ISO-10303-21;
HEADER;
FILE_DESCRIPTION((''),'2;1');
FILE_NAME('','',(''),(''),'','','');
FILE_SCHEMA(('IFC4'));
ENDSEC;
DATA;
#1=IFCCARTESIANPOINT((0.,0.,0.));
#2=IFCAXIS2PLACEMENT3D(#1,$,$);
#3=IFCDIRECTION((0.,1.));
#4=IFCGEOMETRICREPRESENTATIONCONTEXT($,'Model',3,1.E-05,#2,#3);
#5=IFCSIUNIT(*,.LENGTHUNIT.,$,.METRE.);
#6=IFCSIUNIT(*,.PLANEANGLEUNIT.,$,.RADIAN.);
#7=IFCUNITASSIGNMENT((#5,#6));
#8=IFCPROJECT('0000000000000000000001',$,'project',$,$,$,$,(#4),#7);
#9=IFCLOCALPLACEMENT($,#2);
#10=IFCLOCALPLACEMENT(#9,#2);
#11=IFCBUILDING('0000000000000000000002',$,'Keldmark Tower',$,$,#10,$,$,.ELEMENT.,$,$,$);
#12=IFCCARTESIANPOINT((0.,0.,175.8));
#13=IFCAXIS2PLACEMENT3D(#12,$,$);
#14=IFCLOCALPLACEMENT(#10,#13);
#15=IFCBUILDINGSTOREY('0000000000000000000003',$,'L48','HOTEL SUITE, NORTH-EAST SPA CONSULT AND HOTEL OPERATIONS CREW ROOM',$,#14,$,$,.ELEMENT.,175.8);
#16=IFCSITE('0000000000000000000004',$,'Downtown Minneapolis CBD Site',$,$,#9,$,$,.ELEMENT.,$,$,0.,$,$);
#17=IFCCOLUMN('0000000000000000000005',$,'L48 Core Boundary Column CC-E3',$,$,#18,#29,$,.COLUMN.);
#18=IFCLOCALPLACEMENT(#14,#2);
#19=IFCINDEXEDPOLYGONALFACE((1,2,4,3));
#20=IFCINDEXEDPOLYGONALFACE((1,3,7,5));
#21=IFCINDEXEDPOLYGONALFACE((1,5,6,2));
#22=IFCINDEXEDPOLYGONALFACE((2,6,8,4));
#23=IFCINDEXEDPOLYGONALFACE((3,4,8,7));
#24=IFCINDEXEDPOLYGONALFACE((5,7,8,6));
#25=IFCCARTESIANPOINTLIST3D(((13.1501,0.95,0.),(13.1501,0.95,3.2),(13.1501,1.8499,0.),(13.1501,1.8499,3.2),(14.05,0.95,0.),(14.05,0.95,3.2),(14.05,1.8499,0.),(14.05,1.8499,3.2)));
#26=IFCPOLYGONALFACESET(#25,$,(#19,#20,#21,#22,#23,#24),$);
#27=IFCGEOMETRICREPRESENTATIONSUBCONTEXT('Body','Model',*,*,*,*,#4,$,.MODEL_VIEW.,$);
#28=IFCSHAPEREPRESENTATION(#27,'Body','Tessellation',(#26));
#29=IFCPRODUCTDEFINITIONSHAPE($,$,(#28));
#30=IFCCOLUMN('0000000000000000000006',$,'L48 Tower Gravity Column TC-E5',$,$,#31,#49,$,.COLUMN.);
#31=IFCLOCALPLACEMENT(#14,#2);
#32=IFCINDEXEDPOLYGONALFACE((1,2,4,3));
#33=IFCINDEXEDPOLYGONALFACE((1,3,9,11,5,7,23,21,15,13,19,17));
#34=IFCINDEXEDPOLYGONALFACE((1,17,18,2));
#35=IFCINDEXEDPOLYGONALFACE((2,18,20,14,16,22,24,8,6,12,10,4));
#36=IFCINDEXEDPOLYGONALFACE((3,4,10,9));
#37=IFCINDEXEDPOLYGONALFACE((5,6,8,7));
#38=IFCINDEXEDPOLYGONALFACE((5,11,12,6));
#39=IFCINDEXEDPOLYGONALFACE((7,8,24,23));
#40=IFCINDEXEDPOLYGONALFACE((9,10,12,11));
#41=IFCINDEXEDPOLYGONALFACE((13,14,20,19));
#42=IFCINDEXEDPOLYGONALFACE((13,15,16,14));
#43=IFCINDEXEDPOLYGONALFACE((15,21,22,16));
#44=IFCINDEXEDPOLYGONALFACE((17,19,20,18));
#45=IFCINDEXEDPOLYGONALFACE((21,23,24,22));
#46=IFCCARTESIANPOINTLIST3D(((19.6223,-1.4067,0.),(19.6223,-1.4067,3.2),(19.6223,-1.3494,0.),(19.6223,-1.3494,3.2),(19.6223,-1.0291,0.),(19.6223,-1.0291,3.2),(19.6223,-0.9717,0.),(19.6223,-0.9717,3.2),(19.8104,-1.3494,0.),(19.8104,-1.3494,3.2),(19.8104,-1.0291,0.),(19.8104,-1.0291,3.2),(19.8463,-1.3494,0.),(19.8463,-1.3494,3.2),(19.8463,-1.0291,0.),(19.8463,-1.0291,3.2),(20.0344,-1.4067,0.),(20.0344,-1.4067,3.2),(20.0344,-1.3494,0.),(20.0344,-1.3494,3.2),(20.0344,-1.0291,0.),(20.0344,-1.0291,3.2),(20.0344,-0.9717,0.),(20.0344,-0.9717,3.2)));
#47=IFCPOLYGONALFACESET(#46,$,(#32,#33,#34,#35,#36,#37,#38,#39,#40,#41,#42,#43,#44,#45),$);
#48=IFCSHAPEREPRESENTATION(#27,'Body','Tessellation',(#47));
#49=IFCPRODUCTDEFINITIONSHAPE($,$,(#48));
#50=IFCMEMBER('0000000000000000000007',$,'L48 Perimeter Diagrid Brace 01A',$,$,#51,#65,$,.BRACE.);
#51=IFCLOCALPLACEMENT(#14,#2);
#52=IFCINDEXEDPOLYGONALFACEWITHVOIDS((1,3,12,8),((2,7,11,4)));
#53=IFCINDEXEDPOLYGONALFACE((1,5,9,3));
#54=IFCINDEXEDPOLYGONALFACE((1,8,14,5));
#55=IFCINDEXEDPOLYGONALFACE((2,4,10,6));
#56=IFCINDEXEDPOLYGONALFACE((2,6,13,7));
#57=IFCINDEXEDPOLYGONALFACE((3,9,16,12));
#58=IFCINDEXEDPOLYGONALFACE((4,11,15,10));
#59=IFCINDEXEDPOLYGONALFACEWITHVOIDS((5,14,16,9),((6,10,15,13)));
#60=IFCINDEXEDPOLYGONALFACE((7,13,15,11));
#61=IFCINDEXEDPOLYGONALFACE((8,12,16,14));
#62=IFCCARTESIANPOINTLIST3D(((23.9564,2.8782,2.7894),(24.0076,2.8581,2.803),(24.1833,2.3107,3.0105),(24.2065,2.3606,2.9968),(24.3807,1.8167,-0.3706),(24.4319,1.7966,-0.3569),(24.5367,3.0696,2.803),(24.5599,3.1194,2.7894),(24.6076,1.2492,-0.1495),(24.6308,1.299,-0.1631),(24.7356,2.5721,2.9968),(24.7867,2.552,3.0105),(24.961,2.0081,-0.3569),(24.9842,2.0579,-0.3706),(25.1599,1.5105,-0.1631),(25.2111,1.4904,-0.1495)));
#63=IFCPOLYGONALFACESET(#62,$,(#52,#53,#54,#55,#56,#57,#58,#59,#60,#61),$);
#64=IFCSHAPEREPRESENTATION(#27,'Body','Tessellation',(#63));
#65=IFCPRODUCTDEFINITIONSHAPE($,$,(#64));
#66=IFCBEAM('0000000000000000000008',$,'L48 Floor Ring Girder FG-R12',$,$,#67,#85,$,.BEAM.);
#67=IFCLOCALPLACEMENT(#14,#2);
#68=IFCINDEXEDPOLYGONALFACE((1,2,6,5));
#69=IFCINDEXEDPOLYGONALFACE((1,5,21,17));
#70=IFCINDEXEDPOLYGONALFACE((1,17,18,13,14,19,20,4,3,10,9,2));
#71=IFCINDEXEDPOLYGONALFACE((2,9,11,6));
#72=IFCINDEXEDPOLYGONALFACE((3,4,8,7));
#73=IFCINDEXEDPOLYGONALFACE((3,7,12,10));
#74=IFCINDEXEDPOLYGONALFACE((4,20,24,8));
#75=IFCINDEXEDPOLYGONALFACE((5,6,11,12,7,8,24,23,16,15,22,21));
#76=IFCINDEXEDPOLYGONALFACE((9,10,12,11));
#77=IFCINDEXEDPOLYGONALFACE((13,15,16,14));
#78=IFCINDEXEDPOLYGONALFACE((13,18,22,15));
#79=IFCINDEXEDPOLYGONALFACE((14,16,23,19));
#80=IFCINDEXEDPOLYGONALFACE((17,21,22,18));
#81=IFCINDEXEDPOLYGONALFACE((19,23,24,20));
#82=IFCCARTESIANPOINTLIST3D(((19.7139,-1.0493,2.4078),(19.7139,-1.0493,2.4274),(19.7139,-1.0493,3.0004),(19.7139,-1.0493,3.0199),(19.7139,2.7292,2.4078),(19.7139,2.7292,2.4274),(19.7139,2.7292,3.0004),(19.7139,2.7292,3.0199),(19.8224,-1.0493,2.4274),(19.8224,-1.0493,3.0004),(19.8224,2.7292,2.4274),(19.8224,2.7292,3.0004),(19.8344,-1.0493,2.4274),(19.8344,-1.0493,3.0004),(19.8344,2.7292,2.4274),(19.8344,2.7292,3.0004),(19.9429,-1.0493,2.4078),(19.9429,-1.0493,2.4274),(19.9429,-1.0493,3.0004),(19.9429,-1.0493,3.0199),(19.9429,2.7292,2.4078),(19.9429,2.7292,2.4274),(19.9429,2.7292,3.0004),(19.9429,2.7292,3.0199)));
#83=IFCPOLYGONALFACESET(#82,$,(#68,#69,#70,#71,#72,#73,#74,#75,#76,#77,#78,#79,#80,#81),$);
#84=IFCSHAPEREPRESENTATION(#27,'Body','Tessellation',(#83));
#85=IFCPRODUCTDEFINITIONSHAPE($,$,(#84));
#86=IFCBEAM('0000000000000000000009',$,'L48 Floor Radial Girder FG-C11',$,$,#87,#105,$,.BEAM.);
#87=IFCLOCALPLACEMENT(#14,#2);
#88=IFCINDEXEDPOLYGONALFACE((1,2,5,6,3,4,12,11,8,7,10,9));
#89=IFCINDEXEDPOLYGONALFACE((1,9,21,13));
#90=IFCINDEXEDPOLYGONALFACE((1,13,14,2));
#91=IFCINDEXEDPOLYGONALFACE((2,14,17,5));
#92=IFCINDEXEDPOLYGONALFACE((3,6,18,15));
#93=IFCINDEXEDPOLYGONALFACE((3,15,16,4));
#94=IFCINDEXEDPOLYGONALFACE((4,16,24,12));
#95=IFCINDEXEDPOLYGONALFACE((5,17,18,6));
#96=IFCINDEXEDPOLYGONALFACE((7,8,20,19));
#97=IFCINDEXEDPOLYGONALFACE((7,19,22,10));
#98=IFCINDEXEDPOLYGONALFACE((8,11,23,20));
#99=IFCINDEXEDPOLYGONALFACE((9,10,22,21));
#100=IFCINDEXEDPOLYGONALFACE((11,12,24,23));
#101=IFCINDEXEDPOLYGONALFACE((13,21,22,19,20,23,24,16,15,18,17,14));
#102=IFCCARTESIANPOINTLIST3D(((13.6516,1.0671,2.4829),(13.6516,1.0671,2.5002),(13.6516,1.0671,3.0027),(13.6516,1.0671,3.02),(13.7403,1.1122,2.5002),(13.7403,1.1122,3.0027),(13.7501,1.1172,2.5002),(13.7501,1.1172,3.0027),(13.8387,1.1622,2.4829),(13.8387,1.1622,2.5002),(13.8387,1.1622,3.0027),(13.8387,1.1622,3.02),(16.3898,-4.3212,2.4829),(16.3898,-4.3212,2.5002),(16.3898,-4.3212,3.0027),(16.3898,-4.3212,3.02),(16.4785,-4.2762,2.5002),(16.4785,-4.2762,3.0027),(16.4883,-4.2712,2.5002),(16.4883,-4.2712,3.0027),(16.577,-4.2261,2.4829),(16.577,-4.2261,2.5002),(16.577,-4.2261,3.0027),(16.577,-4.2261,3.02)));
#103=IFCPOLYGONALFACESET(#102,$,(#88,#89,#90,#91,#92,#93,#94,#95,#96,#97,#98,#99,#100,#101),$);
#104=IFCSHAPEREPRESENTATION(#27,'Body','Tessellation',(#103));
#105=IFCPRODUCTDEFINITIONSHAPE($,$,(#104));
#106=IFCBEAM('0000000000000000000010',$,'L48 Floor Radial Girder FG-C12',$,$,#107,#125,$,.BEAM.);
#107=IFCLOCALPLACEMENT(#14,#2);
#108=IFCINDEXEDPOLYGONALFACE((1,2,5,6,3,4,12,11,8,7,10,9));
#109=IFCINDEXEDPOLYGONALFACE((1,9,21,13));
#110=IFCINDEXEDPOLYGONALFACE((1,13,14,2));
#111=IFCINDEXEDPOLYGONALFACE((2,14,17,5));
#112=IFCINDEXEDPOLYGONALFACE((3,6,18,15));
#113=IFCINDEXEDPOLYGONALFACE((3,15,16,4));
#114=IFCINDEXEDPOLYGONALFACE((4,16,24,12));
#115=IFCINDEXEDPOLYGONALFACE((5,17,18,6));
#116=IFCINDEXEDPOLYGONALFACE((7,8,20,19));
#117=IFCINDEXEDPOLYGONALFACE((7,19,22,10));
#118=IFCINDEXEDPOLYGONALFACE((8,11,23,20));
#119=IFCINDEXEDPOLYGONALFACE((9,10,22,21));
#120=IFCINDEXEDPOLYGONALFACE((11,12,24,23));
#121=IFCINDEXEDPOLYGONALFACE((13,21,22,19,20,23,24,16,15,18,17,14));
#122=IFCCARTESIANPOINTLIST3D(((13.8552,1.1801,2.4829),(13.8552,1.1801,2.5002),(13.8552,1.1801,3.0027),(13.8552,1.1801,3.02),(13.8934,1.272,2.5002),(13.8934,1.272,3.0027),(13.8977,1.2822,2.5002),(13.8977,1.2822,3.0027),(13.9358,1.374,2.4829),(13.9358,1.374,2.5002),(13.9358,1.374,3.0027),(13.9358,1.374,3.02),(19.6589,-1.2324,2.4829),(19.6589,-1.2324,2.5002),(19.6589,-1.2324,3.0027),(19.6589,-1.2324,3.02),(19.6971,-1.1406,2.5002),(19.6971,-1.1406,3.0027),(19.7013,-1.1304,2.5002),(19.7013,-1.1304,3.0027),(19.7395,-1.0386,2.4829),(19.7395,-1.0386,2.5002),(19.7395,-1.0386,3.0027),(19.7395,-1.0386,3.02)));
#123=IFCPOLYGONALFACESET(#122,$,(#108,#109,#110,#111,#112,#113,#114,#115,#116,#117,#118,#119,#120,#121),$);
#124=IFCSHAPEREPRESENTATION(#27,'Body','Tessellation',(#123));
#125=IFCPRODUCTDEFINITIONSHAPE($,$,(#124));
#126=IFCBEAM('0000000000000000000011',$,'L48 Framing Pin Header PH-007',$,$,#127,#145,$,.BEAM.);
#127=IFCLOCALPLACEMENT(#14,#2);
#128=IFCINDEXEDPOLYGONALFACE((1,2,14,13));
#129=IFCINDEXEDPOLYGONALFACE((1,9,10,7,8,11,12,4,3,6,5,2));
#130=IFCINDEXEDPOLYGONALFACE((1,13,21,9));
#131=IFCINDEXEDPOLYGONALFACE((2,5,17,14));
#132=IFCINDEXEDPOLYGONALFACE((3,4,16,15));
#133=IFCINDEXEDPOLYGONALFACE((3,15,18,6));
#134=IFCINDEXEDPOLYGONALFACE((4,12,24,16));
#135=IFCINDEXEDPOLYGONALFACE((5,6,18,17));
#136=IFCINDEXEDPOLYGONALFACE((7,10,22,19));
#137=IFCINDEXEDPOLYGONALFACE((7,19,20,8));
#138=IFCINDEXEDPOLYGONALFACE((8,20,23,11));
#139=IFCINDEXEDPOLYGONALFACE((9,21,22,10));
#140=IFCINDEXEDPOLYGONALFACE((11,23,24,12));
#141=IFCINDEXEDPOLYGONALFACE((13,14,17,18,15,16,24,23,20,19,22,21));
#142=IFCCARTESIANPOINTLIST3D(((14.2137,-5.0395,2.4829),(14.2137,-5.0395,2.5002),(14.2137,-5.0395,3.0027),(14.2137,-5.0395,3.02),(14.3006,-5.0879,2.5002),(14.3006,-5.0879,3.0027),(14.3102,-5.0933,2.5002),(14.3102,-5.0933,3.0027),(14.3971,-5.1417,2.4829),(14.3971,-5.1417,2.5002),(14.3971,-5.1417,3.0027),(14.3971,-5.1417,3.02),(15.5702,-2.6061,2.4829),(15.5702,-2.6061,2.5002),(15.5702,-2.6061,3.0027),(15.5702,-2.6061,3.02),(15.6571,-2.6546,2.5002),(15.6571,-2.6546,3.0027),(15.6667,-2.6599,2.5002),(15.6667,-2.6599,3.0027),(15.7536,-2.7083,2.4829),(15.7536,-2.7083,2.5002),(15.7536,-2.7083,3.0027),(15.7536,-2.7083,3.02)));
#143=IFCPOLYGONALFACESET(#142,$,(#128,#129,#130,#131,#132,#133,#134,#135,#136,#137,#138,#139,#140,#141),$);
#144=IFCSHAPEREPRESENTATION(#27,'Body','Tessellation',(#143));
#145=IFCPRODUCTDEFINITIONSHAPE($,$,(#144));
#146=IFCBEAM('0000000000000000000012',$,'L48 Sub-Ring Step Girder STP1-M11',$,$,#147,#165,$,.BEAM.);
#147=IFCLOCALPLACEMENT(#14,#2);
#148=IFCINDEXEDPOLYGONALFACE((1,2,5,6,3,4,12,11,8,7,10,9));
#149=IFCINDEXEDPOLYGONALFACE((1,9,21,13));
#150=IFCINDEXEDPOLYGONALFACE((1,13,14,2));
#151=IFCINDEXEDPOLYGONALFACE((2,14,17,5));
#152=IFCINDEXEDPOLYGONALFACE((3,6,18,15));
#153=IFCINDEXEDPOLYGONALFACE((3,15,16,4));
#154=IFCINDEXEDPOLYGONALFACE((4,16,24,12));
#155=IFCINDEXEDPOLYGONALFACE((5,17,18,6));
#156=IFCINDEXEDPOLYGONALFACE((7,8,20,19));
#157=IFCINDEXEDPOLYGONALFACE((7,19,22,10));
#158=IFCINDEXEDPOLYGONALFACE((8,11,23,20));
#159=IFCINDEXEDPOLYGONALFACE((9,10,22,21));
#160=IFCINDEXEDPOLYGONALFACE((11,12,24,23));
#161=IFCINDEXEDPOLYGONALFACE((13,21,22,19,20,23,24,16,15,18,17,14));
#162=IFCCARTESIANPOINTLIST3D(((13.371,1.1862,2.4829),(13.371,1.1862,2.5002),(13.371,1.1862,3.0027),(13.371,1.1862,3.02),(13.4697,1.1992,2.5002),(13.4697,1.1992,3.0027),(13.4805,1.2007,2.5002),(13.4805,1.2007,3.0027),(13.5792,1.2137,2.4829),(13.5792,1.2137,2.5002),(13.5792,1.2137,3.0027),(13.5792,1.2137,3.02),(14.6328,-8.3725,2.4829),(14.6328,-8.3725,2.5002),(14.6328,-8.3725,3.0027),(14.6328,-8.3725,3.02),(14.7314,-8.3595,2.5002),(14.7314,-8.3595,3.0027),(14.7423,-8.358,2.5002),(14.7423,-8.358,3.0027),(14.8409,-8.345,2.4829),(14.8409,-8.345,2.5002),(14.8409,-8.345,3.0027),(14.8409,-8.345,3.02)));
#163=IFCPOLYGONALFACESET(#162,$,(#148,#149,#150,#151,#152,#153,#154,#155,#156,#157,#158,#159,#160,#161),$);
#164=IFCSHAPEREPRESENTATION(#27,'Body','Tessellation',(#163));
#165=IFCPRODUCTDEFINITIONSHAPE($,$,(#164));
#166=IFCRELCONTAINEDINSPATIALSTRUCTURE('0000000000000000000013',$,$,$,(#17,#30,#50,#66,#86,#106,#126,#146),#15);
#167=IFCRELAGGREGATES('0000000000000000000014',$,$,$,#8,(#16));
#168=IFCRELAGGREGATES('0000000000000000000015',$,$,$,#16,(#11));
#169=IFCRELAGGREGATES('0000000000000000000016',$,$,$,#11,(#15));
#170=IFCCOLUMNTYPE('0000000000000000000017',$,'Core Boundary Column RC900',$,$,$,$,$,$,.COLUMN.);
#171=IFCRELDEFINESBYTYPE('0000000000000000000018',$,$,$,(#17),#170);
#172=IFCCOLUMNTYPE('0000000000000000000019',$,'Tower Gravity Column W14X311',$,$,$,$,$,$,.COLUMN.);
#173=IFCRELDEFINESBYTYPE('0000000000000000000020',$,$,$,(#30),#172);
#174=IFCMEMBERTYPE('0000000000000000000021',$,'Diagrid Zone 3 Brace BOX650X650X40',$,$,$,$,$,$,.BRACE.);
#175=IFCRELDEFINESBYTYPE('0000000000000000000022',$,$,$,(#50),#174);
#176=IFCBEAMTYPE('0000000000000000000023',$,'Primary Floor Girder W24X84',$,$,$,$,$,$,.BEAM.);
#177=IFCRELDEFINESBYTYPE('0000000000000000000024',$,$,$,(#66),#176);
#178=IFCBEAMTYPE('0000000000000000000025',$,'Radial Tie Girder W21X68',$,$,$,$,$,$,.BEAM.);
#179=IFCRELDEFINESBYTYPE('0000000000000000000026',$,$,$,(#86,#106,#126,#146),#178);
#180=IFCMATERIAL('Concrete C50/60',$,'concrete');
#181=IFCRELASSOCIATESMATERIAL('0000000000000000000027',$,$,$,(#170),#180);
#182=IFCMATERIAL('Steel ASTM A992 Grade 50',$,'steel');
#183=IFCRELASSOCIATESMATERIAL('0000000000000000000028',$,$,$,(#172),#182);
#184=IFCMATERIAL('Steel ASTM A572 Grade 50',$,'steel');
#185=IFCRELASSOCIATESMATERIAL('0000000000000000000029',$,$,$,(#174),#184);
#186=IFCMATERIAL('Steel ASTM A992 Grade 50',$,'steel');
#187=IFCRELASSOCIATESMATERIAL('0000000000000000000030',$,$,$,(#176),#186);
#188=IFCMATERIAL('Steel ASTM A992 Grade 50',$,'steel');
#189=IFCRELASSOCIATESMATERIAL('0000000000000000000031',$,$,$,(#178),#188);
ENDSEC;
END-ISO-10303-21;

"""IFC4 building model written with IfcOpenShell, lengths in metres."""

from ifc_helpers import new_model, si_unit, direction, frame, origin, origin_2d, place, context, subcontext, project, spatial, rectangle, hollow_rectangle, i_section, extrude, material, material_profile, profile_set, type_object, element, save


model = new_model("IFC4")

# Units and contexts
model_context = context("Model", 3, precision=1e-05, world=origin(), true_north=direction((0.0, 1.0)))
body_context = subcontext(model_context, "Body", "Model", "MODEL_VIEW")
ifc_project = project(units=[si_unit("LENGTHUNIT", "METRE"), si_unit("PLANEANGLEUNIT", "RADIAN")], contexts=[model_context])

# Site, building, storey
site_placement = place(None, origin())
site = spatial("IfcSite", under=ifc_project, at=site_placement, Name="Downtown Minneapolis CBD Site", CompositionType="ELEMENT", RefElevation=0.0)
building_placement = place(site_placement, origin())
building = spatial("IfcBuilding", under=site, at=building_placement, Name="Keldmark Tower", CompositionType="ELEMENT")
storey_placement = place(building_placement, frame((0.0, 0.0, 175.8)))
storey = spatial("IfcBuildingStorey", under=building, at=storey_placement, Name="L48", Description="HOTEL SUITE, NORTH-EAST SPA CONSULT AND HOTEL OPERATIONS CREW ROOM", CompositionType="ELEMENT", Elevation=175.8)

# Columns
ifc_material_1 = material(Name="Concrete C50/60", Category="concrete")
ifc_material_profile_1 = material_profile(ifc_material_1, rectangle(XDim=0.8999, YDim=0.8999, at=origin_2d()), Name="RC900X900")
ifc_profile_set_1 = profile_set([ifc_material_profile_1], Name="Concrete C50/60")
column_type_1 = type_object("IfcColumnType", Name="Core Boundary Column RC900", PredefinedType="COLUMN", material=ifc_profile_set_1)
column_1_placement = place(storey_placement, frame((13.6001, 1.3999, 0.0), z_axis=(0.0, 0.0, 1.0), x_axis=(1.0, 0.0, 0.0)))
element("IfcColumn", 1, at=column_1_placement, inside=storey, type_object=column_type_1, Name="L48 Core Boundary Column CC-E3", PredefinedType="COLUMN", context=body_context, shape_type="SweptSolid", body=[
    extrude(rectangle(XDim=0.8999, YDim=0.8999, at=origin_2d()), origin(), (0.0, 0.0, 1.0), 3.2),
])
ifc_material_2 = material(Name="Steel ASTM A992 Grade 50", Category="steel")
ifc_material_profile_2 = material_profile(ifc_material_2, i_section(OverallWidth=0.4121, OverallDepth=0.4351, WebThickness=0.0359, FlangeThickness=0.0574, at=origin_2d()), Name="W14X311")
ifc_profile_set_2 = profile_set([ifc_material_profile_2], Name="Steel ASTM A992 Grade 50")
column_type_2 = type_object("IfcColumnType", Name="Tower Gravity Column W14X311", PredefinedType="COLUMN", material=ifc_profile_set_2)
column_2_placement = place(storey_placement, frame((19.8284, -1.1892, 0.0), z_axis=(0.0, 0.0, 1.0), x_axis=(1.0, 0.0, 0.0)))
element("IfcColumn", 2, at=column_2_placement, inside=storey, type_object=column_type_2, Name="L48 Tower Gravity Column TC-E5", PredefinedType="COLUMN", context=body_context, shape_type="SweptSolid", body=[
    extrude(i_section(OverallWidth=0.4121, OverallDepth=0.4351, WebThickness=0.0359, FlangeThickness=0.0574, at=origin_2d()), origin(), (0.0, 0.0, 1.0), 3.2),
])

# Member
ifc_material_3 = material(Name="Steel ASTM A572 Grade 50", Category="steel")
ifc_material_profile_3 = material_profile(ifc_material_3, hollow_rectangle(XDim=0.6499, YDim=0.6499, WallThickness=0.04, at=origin_2d()), Name="BOX650X650X40")
ifc_profile_set_3 = profile_set([ifc_material_profile_3], Name="Steel ASTM A572 Grade 50")
member_type = type_object("IfcMemberType", Name="Diagrid Zone 3 Brace BOX650X650X40", PredefinedType="BRACE", material=ifc_profile_set_3)
member_placement = place(storey_placement, frame((24.7959, 1.6536, -0.26), z_axis=(-0.126272, 0.315897, 0.940353), x_axis=(-0.928565, -0.37117, 0.0)))
element("IfcMember", 3, at=member_placement, inside=storey, type_object=member_type, Name="L48 Perimeter Diagrid Brace 01A", PredefinedType="BRACE", context=body_context, shape_type="SweptSolid", body=[
    extrude(hollow_rectangle(XDim=0.6499, YDim=0.6499, WallThickness=0.04, at=origin_2d()), origin(), (0.0, 0.0, 1.0), 3.3604),
])

# Beams
ifc_material_4 = material(Name="Steel ASTM A992 Grade 50", Category="steel")
ifc_material_profile_4 = material_profile(ifc_material_4, i_section(OverallWidth=0.229, OverallDepth=0.6121, WebThickness=0.012, FlangeThickness=0.0195, at=origin_2d()), Name="W24X84")
ifc_profile_set_4 = profile_set([ifc_material_profile_4], Name="Steel ASTM A992 Grade 50")
beam_type_1 = type_object("IfcBeamType", Name="Primary Floor Girder W24X84", PredefinedType="BEAM", material=ifc_profile_set_4)
beam_1_placement = place(storey_placement, frame((19.8284, -1.0493, 2.7139), z_axis=(0.0, 1.0, 0.0), x_axis=(-1.0, 0.0, 0.0)))
element("IfcBeam", 4, at=beam_1_placement, inside=storey, type_object=beam_type_1, Name="L48 Floor Ring Girder FG-R12", PredefinedType="BEAM", context=body_context, shape_type="SweptSolid", body=[
    extrude(i_section(OverallWidth=0.229, OverallDepth=0.6121, WebThickness=0.012, FlangeThickness=0.0195, at=origin_2d()), origin(), (0.0, 0.0, 1.0), 3.7786),
])
ifc_material_5 = material(Name="Steel ASTM A992 Grade 50", Category="steel")
ifc_material_profile_5 = material_profile(ifc_material_5, i_section(OverallWidth=0.21, OverallDepth=0.5371, WebThickness=0.011, FlangeThickness=0.0173, at=origin_2d()), Name="W21X68")
ifc_profile_set_5 = profile_set([ifc_material_profile_5], Name="Steel ASTM A992 Grade 50")
beam_type_2 = type_object("IfcBeamType", Name="Radial Tie Girder W21X68", PredefinedType="BEAM", material=ifc_profile_set_5)
beam_2_placement = place(storey_placement, frame((16.4834, -4.2737, 2.7515), z_axis=(-0.453037, 0.891492, 0.0), x_axis=(-0.891492, -0.453037, 0.0)))
element("IfcBeam", 5, at=beam_2_placement, inside=storey, type_object=beam_type_2, Name="L48 Floor Radial Girder FG-C11", PredefinedType="BEAM", context=body_context, shape_type="SweptSolid", body=[
    extrude(i_section(OverallWidth=0.21, OverallDepth=0.5371, WebThickness=0.011, FlangeThickness=0.0173, at=origin_2d()), origin(), (0.0, 0.0, 1.0), 6.0442),
])
beam_3_placement = place(storey_placement, frame((19.6992, -1.1355, 2.7515), z_axis=(-0.923394, 0.383854, 0.0), x_axis=(-0.383854, -0.923394, 0.0)))
element("IfcBeam", 6, at=beam_3_placement, inside=storey, type_object=beam_type_2, Name="L48 Floor Radial Girder FG-C12", PredefinedType="BEAM", context=body_context, shape_type="SweptSolid", body=[
    extrude(i_section(OverallWidth=0.21, OverallDepth=0.5371, WebThickness=0.011, FlangeThickness=0.0173, at=origin_2d()), origin(), (0.0, 0.0, 1.0), 6.2852),
])
beam_4_placement = place(storey_placement, frame((15.6619, -2.6572, 2.7515), z_axis=(-0.4869, -0.873458, 0.0), x_axis=(0.873458, -0.4869, 0.0)))
element("IfcBeam", 7, at=beam_4_placement, inside=storey, type_object=beam_type_2, Name="L48 Framing Pin Header PH-007", PredefinedType="BEAM", context=body_context, shape_type="SweptSolid", body=[
    extrude(i_section(OverallWidth=0.21, OverallDepth=0.5371, WebThickness=0.011, FlangeThickness=0.0173, at=origin_2d()), origin(), (0.0, 0.0, 1.0), 2.7859),
])
beam_5_placement = place(storey_placement, frame((13.4751, 1.2, 2.7515), z_axis=(0.130863, -0.9914, 0.0), x_axis=(0.9914, 0.130863, 0.0)))
element("IfcBeam", 8, at=beam_5_placement, inside=storey, type_object=beam_type_2, Name="L48 Sub-Ring Step Girder STP1-M11", PredefinedType="BEAM", context=body_context, shape_type="SweptSolid", body=[
    extrude(i_section(OverallWidth=0.21, OverallDepth=0.5371, WebThickness=0.011, FlangeThickness=0.0173, at=origin_2d()), origin(), (0.0, 0.0, 1.0), 9.6416),
])

save(model, "model.ifc")
